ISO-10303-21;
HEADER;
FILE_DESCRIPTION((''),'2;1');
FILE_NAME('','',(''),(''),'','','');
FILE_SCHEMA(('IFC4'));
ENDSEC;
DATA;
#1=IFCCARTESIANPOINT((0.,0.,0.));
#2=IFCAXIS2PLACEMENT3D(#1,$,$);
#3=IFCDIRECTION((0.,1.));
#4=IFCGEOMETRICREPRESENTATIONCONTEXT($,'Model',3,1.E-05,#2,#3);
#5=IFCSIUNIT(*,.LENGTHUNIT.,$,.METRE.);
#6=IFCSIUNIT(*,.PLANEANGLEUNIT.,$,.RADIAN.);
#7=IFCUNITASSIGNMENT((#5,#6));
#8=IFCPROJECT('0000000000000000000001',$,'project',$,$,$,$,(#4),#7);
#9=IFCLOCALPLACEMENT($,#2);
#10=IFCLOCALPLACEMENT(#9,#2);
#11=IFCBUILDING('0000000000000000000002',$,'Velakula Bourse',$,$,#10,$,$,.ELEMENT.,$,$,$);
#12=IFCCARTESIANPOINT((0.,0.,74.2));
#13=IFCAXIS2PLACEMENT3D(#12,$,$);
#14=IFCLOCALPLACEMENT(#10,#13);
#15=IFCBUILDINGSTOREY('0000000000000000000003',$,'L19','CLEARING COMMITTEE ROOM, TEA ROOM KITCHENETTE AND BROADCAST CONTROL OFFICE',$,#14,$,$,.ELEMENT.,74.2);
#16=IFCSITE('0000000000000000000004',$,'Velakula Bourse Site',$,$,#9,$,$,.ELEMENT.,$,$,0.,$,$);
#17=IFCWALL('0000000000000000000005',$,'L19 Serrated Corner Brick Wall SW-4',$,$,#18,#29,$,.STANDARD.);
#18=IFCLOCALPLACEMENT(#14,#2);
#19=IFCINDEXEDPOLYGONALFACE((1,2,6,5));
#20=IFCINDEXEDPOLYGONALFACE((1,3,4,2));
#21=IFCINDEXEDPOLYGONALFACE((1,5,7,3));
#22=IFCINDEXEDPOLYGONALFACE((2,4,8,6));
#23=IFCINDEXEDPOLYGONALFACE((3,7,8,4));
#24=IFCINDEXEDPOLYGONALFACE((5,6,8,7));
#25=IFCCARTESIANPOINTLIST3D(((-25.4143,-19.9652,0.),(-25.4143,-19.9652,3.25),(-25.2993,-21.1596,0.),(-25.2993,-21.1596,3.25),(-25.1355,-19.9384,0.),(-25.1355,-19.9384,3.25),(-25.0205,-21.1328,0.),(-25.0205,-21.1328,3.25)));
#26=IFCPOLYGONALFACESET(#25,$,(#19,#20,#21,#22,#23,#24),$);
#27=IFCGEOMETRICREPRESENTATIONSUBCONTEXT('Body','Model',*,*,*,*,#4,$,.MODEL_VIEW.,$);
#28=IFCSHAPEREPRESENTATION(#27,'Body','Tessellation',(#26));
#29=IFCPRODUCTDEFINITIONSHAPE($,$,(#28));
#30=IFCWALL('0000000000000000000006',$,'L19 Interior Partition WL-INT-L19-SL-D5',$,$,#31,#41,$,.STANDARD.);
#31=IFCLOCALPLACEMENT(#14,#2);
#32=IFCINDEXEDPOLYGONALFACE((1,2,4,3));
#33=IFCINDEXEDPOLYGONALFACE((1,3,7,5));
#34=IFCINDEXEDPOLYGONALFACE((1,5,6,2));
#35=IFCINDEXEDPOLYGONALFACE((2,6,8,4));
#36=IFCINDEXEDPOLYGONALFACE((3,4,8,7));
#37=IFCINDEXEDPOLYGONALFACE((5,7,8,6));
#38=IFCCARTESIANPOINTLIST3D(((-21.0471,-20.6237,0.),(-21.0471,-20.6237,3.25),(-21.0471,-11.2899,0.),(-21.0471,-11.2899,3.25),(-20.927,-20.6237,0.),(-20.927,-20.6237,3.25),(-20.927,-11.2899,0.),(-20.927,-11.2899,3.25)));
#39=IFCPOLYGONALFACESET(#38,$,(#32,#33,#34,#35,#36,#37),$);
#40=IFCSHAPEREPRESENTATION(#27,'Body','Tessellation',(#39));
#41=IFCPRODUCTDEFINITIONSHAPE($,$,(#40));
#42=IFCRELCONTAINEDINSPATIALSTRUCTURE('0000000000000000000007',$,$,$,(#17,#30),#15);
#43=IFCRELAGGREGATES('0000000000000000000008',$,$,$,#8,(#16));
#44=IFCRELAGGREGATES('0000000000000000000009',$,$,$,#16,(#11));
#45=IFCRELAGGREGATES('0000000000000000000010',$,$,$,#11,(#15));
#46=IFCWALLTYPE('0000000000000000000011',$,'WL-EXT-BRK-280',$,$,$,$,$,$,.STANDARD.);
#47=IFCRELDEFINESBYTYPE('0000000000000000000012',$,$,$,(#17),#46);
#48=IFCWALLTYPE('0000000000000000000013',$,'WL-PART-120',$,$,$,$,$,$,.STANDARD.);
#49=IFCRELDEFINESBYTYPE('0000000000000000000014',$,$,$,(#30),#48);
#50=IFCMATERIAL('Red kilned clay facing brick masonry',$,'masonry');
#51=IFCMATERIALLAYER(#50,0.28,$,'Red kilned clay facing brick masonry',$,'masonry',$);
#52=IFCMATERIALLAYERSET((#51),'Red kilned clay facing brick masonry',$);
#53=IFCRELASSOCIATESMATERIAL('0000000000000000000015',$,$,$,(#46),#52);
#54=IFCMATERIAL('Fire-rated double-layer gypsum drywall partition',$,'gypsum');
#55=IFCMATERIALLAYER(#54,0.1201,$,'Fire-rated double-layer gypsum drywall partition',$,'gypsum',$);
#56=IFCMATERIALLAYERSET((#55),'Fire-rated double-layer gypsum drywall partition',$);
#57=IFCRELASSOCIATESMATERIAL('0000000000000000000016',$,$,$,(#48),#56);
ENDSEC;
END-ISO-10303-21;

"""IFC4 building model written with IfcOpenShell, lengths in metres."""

from ifc_helpers import new_model, si_unit, direction, frame, frame_2d, origin, place, context, subcontext, project, spatial, rectangle, extrude, material, layer, layer_set, type_object, element, save


model = new_model("IFC4")

# Units and contexts
model_context = context("Model", 3, precision=1e-05, world=origin(), true_north=direction((0.0, 1.0)))
body_context = subcontext(model_context, "Body", "Model", "MODEL_VIEW")
ifc_project = project(units=[si_unit("LENGTHUNIT", "METRE"), si_unit("PLANEANGLEUNIT", "RADIAN")], contexts=[model_context])

# Site, building, storey
site_placement = place(None, origin())
site = spatial("IfcSite", under=ifc_project, at=site_placement, Name="Velakula Bourse Site", CompositionType="ELEMENT", RefElevation=0.0)
building_placement = place(site_placement, origin())
building = spatial("IfcBuilding", under=site, at=building_placement, Name="Velakula Bourse", CompositionType="ELEMENT")
storey_placement = place(building_placement, frame((0.0, 0.0, 74.2)))
storey = spatial("IfcBuildingStorey", under=building, at=storey_placement, Name="L19", Description="CLEARING COMMITTEE ROOM, TEA ROOM KITCHENETTE AND BROADCAST CONTROL OFFICE", CompositionType="ELEMENT", Elevation=74.2)

# Shared definitions
ifc_material_1 = material(Name="Red kilned clay facing brick masonry", Category="masonry")
ifc_layer_1 = layer(ifc_material_1, 0.28, Name="Red kilned clay facing brick masonry", Category="masonry")
ifc_layer_set_1 = layer_set([ifc_layer_1], Name="Red kilned clay facing brick masonry")
wall_type_1 = type_object("IfcWallType", Name="WL-EXT-BRK-280", PredefinedType="STANDARD", material=ifc_layer_set_1)

# Walls
wall_1_placement = place(storey_placement, frame((-25.2749, -19.9517, 0.0), z_axis=(0.0, 0.0, 1.0), x_axis=(0.095836, -0.995397, 0.0)))
element("IfcWall", 1, at=wall_1_placement, inside=storey, type_object=wall_type_1, Name="L19 Serrated Corner Brick Wall SW-4", PredefinedType="STANDARD", context=body_context, shape_type="SweptSolid", body=[
    extrude(rectangle(XDim=1.2, YDim=0.28, at=frame_2d((0.6001, 0.0))), origin(), (0.0, 0.0, 1.0), 3.25),
])
ifc_material_2 = material(Name="Fire-rated double-layer gypsum drywall partition", Category="gypsum")
ifc_layer_2 = layer(ifc_material_2, 0.1201, Name="Fire-rated double-layer gypsum drywall partition", Category="gypsum")
ifc_layer_set_2 = layer_set([ifc_layer_2], Name="Fire-rated double-layer gypsum drywall partition")
wall_type_2 = type_object("IfcWallType", Name="WL-PART-120", PredefinedType="STANDARD", material=ifc_layer_set_2)
wall_2_placement = place(storey_placement, frame((-20.9871, -20.6238, 0.0), z_axis=(0.0, 0.0, 1.0), x_axis=(0.0, 1.0, 0.0)))
element("IfcWall", 2, at=wall_2_placement, inside=storey, type_object=wall_type_2, Name="L19 Interior Partition WL-INT-L19-SL-D5", PredefinedType="STANDARD", context=body_context, shape_type="SweptSolid", body=[
    extrude(rectangle(XDim=9.3337, YDim=0.1201, at=frame_2d((4.667, 0.0))), origin(), (0.0, 0.0, 1.0), 3.25),
])

save(model, "model.ifc")
